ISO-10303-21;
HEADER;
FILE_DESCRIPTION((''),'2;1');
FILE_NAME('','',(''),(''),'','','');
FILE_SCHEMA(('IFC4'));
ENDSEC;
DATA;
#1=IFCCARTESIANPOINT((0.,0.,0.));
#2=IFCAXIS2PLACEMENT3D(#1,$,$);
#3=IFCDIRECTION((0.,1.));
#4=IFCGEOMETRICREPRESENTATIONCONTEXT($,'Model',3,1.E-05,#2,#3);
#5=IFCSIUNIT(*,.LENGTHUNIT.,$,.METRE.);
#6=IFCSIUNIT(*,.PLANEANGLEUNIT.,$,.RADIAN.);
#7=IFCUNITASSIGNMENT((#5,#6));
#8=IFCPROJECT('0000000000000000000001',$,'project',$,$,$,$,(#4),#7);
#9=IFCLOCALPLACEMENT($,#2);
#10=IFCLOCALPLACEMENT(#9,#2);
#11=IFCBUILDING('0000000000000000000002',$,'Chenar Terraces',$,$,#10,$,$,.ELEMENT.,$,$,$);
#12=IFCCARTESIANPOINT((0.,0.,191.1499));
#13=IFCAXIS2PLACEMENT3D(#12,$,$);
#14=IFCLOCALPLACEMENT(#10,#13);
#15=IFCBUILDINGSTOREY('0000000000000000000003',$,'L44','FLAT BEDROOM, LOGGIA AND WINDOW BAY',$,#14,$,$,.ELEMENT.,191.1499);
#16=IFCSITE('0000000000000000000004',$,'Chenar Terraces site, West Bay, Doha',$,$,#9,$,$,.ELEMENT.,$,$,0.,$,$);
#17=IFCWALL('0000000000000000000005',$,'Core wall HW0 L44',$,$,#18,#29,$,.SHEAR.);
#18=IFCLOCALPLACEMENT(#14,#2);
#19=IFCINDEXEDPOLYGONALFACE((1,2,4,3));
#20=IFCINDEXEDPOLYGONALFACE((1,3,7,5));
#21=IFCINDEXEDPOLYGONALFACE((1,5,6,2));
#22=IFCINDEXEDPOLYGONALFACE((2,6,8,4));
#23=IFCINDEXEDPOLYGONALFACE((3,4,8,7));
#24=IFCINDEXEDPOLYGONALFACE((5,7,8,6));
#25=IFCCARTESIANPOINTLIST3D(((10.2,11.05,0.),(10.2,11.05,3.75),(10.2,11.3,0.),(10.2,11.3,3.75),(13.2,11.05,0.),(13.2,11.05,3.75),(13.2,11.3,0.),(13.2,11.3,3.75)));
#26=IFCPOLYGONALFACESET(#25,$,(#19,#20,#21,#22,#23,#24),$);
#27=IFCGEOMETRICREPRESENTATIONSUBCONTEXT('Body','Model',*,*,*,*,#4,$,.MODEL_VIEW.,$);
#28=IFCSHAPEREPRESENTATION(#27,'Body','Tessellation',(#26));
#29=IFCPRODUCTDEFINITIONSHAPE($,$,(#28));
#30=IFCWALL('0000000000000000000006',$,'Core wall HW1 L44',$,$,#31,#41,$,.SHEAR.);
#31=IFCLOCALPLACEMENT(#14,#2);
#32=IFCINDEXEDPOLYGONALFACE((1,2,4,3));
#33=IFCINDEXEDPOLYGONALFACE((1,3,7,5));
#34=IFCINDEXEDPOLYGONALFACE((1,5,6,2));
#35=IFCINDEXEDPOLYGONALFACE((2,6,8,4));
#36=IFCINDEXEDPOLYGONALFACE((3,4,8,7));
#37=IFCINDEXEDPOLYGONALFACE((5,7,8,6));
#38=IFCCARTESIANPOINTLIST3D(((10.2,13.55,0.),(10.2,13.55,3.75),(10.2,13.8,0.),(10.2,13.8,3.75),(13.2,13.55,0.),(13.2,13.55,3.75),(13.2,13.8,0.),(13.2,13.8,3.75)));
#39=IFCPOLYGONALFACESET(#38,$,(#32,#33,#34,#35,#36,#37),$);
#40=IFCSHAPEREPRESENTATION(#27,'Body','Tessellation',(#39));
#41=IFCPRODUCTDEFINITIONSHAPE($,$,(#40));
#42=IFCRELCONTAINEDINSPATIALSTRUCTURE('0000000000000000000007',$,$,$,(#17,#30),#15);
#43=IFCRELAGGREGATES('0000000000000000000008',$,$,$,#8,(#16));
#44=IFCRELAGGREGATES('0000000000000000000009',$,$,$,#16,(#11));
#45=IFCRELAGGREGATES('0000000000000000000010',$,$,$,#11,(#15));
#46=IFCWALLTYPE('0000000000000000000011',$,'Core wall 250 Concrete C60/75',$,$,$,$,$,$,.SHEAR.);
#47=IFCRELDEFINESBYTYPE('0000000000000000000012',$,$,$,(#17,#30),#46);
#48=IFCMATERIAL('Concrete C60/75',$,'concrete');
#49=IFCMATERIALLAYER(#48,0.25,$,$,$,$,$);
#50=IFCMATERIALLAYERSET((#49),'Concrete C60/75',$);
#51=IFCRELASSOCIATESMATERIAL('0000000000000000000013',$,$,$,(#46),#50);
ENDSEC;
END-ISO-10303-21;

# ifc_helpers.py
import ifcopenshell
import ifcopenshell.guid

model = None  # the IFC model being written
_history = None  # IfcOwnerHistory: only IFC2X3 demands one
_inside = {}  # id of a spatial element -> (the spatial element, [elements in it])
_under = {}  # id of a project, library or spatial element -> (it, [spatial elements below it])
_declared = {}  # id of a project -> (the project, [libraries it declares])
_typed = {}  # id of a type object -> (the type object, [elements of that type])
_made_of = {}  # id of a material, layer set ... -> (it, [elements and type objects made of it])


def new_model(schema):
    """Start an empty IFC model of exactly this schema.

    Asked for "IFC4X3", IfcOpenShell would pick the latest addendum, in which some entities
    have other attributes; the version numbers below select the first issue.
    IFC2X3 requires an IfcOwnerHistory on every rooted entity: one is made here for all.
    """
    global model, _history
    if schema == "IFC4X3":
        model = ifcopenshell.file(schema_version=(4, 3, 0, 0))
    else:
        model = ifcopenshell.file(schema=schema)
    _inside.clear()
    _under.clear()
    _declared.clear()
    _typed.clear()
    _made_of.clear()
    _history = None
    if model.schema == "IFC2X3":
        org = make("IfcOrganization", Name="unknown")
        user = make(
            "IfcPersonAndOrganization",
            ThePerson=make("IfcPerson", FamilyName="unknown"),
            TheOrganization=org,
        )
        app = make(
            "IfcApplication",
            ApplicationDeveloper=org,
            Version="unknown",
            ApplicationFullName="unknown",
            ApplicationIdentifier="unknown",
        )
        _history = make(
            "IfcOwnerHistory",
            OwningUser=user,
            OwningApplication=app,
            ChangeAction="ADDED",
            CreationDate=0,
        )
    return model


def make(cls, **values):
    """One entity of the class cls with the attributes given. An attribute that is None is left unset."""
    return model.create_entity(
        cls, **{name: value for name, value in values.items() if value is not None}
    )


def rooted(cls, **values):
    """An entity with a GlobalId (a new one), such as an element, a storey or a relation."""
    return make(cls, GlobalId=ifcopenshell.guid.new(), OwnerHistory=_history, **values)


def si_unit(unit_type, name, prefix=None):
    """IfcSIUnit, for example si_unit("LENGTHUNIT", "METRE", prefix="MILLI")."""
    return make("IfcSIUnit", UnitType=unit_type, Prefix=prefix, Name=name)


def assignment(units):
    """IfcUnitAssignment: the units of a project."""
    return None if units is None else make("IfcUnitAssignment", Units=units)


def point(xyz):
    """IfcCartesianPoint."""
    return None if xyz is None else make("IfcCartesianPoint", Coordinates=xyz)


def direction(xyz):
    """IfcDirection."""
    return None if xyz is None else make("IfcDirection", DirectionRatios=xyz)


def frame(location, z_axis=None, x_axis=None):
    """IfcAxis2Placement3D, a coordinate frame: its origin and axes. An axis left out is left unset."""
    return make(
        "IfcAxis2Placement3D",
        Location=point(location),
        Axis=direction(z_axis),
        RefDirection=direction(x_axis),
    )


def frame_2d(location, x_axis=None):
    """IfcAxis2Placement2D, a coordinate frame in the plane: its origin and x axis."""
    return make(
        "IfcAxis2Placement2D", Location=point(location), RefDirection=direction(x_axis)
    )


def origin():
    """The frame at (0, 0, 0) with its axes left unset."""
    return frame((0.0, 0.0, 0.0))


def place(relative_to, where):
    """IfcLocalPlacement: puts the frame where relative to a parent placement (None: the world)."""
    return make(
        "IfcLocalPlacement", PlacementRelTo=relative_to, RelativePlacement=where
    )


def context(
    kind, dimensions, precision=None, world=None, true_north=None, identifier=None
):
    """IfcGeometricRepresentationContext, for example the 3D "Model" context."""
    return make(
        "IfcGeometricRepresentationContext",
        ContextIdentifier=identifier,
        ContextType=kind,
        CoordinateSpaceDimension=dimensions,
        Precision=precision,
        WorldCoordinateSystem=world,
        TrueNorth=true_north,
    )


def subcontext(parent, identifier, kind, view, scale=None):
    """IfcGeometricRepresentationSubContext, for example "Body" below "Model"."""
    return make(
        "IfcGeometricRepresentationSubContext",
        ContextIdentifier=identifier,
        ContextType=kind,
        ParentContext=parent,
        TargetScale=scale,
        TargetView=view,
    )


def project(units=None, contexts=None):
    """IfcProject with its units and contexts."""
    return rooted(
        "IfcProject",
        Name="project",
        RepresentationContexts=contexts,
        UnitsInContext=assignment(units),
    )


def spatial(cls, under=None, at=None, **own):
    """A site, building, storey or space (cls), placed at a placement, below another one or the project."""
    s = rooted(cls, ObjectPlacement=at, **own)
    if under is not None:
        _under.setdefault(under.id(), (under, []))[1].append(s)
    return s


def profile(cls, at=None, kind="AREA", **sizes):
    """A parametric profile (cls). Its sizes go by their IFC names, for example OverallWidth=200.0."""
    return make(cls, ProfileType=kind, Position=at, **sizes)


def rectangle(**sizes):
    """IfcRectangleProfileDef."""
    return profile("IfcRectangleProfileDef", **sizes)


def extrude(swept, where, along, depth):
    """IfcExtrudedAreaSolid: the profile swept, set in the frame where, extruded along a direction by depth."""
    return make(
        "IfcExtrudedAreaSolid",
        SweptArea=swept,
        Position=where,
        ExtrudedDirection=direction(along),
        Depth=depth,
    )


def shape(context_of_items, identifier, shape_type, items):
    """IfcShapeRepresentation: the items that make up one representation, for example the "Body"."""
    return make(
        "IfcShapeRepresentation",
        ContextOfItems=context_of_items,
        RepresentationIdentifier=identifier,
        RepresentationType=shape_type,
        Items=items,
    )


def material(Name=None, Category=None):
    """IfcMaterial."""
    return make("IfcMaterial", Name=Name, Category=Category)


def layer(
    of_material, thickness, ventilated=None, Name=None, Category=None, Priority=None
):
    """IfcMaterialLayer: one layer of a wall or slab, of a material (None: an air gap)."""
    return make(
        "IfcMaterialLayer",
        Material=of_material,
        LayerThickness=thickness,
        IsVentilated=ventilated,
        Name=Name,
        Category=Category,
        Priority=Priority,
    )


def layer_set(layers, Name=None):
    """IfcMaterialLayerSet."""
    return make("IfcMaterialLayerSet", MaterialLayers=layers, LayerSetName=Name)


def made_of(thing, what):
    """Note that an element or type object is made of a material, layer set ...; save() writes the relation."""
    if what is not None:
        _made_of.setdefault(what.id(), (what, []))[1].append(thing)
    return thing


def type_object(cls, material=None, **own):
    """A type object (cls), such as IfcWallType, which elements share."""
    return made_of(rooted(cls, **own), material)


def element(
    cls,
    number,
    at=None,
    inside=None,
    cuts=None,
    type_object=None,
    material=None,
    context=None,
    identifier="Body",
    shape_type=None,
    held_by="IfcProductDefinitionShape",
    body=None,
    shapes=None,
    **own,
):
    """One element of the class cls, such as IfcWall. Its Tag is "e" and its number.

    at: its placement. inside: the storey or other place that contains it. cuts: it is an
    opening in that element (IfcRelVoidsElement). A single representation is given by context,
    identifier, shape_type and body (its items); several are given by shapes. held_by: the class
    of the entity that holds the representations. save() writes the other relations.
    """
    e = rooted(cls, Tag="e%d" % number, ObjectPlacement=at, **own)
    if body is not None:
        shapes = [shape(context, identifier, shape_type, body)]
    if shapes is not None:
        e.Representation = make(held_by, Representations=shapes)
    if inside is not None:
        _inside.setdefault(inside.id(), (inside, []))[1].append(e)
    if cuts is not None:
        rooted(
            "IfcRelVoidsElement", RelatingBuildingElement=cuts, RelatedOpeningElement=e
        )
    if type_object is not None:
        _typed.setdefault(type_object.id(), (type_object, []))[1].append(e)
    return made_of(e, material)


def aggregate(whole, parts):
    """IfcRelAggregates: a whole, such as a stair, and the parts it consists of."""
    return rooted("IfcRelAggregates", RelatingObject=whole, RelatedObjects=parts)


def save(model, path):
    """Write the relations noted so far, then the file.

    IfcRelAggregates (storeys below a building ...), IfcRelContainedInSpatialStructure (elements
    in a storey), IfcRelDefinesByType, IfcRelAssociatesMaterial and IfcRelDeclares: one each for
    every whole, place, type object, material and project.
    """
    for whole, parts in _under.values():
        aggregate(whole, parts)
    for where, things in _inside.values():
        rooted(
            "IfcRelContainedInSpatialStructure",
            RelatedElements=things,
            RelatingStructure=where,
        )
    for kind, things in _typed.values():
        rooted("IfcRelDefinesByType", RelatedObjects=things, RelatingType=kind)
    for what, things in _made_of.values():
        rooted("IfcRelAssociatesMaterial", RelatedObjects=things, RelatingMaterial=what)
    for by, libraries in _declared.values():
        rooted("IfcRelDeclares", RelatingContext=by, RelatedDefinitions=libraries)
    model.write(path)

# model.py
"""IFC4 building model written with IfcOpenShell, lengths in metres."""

from ifc_helpers import new_model, si_unit, direction, frame, frame_2d, origin, place, context, subcontext, project, spatial, rectangle, extrude, material, layer, layer_set, type_object, element, save


model = new_model("IFC4")

# Units and contexts
model_context = context("Model", 3, precision=1e-05, world=origin(), true_north=direction((0.0, 1.0)))
body_context = subcontext(model_context, "Body", "Model", "MODEL_VIEW")
ifc_project = project(units=[si_unit("LENGTHUNIT", "METRE"), si_unit("PLANEANGLEUNIT", "RADIAN")], contexts=[model_context])

# Site, building, storey
site_placement = place(None, origin())
site = spatial("IfcSite", under=ifc_project, at=site_placement, Name="Chenar Terraces site, West Bay, Doha", CompositionType="ELEMENT", RefElevation=0.0)
building_placement = place(site_placement, origin())
building = spatial("IfcBuilding", under=site, at=building_placement, Name="Chenar Terraces", CompositionType="ELEMENT")
storey_placement = place(building_placement, frame((0.0, 0.0, 191.1499)))
storey = spatial("IfcBuildingStorey", under=building, at=storey_placement, Name="L44", Description="FLAT BEDROOM, LOGGIA AND WINDOW BAY", CompositionType="ELEMENT", Elevation=191.1499)

# Shared definitions
ifc_material_1 = material(Name="Concrete C60/75", Category="concrete")
ifc_layer_1 = layer(ifc_material_1, 0.25)
ifc_layer_set_1 = layer_set([ifc_layer_1], Name="Concrete C60/75")
wall_type_1 = type_object("IfcWallType", Name="Core wall 250 Concrete C60/75", PredefinedType="SHEAR", material=ifc_layer_set_1)

# Walls
for number, where, z_axis, x_axis, name in (
    (1, (10.2, 11.175, 0.0), (0.0, 0.0, 1.0), (1.0, 0.0, 0.0), "Core wall HW0 L44"),
    (2, (10.2, 13.675, 0.0), (0.0, 0.0, 1.0), (1.0, 0.0, 0.0), "Core wall HW1 L44"),
):
    element("IfcWall", number, at=place(storey_placement, frame(where, z_axis=z_axis, x_axis=x_axis)), inside=storey, type_object=wall_type_1, Name=name, PredefinedType="SHEAR", context=body_context, shape_type="SweptSolid", body=[
        extrude(rectangle(XDim=3.0, YDim=0.25, at=frame_2d((1.5, 0.0))), origin(), (0.0, 0.0, 1.0), 3.75),
    ])

save(model, "model.ifc")
